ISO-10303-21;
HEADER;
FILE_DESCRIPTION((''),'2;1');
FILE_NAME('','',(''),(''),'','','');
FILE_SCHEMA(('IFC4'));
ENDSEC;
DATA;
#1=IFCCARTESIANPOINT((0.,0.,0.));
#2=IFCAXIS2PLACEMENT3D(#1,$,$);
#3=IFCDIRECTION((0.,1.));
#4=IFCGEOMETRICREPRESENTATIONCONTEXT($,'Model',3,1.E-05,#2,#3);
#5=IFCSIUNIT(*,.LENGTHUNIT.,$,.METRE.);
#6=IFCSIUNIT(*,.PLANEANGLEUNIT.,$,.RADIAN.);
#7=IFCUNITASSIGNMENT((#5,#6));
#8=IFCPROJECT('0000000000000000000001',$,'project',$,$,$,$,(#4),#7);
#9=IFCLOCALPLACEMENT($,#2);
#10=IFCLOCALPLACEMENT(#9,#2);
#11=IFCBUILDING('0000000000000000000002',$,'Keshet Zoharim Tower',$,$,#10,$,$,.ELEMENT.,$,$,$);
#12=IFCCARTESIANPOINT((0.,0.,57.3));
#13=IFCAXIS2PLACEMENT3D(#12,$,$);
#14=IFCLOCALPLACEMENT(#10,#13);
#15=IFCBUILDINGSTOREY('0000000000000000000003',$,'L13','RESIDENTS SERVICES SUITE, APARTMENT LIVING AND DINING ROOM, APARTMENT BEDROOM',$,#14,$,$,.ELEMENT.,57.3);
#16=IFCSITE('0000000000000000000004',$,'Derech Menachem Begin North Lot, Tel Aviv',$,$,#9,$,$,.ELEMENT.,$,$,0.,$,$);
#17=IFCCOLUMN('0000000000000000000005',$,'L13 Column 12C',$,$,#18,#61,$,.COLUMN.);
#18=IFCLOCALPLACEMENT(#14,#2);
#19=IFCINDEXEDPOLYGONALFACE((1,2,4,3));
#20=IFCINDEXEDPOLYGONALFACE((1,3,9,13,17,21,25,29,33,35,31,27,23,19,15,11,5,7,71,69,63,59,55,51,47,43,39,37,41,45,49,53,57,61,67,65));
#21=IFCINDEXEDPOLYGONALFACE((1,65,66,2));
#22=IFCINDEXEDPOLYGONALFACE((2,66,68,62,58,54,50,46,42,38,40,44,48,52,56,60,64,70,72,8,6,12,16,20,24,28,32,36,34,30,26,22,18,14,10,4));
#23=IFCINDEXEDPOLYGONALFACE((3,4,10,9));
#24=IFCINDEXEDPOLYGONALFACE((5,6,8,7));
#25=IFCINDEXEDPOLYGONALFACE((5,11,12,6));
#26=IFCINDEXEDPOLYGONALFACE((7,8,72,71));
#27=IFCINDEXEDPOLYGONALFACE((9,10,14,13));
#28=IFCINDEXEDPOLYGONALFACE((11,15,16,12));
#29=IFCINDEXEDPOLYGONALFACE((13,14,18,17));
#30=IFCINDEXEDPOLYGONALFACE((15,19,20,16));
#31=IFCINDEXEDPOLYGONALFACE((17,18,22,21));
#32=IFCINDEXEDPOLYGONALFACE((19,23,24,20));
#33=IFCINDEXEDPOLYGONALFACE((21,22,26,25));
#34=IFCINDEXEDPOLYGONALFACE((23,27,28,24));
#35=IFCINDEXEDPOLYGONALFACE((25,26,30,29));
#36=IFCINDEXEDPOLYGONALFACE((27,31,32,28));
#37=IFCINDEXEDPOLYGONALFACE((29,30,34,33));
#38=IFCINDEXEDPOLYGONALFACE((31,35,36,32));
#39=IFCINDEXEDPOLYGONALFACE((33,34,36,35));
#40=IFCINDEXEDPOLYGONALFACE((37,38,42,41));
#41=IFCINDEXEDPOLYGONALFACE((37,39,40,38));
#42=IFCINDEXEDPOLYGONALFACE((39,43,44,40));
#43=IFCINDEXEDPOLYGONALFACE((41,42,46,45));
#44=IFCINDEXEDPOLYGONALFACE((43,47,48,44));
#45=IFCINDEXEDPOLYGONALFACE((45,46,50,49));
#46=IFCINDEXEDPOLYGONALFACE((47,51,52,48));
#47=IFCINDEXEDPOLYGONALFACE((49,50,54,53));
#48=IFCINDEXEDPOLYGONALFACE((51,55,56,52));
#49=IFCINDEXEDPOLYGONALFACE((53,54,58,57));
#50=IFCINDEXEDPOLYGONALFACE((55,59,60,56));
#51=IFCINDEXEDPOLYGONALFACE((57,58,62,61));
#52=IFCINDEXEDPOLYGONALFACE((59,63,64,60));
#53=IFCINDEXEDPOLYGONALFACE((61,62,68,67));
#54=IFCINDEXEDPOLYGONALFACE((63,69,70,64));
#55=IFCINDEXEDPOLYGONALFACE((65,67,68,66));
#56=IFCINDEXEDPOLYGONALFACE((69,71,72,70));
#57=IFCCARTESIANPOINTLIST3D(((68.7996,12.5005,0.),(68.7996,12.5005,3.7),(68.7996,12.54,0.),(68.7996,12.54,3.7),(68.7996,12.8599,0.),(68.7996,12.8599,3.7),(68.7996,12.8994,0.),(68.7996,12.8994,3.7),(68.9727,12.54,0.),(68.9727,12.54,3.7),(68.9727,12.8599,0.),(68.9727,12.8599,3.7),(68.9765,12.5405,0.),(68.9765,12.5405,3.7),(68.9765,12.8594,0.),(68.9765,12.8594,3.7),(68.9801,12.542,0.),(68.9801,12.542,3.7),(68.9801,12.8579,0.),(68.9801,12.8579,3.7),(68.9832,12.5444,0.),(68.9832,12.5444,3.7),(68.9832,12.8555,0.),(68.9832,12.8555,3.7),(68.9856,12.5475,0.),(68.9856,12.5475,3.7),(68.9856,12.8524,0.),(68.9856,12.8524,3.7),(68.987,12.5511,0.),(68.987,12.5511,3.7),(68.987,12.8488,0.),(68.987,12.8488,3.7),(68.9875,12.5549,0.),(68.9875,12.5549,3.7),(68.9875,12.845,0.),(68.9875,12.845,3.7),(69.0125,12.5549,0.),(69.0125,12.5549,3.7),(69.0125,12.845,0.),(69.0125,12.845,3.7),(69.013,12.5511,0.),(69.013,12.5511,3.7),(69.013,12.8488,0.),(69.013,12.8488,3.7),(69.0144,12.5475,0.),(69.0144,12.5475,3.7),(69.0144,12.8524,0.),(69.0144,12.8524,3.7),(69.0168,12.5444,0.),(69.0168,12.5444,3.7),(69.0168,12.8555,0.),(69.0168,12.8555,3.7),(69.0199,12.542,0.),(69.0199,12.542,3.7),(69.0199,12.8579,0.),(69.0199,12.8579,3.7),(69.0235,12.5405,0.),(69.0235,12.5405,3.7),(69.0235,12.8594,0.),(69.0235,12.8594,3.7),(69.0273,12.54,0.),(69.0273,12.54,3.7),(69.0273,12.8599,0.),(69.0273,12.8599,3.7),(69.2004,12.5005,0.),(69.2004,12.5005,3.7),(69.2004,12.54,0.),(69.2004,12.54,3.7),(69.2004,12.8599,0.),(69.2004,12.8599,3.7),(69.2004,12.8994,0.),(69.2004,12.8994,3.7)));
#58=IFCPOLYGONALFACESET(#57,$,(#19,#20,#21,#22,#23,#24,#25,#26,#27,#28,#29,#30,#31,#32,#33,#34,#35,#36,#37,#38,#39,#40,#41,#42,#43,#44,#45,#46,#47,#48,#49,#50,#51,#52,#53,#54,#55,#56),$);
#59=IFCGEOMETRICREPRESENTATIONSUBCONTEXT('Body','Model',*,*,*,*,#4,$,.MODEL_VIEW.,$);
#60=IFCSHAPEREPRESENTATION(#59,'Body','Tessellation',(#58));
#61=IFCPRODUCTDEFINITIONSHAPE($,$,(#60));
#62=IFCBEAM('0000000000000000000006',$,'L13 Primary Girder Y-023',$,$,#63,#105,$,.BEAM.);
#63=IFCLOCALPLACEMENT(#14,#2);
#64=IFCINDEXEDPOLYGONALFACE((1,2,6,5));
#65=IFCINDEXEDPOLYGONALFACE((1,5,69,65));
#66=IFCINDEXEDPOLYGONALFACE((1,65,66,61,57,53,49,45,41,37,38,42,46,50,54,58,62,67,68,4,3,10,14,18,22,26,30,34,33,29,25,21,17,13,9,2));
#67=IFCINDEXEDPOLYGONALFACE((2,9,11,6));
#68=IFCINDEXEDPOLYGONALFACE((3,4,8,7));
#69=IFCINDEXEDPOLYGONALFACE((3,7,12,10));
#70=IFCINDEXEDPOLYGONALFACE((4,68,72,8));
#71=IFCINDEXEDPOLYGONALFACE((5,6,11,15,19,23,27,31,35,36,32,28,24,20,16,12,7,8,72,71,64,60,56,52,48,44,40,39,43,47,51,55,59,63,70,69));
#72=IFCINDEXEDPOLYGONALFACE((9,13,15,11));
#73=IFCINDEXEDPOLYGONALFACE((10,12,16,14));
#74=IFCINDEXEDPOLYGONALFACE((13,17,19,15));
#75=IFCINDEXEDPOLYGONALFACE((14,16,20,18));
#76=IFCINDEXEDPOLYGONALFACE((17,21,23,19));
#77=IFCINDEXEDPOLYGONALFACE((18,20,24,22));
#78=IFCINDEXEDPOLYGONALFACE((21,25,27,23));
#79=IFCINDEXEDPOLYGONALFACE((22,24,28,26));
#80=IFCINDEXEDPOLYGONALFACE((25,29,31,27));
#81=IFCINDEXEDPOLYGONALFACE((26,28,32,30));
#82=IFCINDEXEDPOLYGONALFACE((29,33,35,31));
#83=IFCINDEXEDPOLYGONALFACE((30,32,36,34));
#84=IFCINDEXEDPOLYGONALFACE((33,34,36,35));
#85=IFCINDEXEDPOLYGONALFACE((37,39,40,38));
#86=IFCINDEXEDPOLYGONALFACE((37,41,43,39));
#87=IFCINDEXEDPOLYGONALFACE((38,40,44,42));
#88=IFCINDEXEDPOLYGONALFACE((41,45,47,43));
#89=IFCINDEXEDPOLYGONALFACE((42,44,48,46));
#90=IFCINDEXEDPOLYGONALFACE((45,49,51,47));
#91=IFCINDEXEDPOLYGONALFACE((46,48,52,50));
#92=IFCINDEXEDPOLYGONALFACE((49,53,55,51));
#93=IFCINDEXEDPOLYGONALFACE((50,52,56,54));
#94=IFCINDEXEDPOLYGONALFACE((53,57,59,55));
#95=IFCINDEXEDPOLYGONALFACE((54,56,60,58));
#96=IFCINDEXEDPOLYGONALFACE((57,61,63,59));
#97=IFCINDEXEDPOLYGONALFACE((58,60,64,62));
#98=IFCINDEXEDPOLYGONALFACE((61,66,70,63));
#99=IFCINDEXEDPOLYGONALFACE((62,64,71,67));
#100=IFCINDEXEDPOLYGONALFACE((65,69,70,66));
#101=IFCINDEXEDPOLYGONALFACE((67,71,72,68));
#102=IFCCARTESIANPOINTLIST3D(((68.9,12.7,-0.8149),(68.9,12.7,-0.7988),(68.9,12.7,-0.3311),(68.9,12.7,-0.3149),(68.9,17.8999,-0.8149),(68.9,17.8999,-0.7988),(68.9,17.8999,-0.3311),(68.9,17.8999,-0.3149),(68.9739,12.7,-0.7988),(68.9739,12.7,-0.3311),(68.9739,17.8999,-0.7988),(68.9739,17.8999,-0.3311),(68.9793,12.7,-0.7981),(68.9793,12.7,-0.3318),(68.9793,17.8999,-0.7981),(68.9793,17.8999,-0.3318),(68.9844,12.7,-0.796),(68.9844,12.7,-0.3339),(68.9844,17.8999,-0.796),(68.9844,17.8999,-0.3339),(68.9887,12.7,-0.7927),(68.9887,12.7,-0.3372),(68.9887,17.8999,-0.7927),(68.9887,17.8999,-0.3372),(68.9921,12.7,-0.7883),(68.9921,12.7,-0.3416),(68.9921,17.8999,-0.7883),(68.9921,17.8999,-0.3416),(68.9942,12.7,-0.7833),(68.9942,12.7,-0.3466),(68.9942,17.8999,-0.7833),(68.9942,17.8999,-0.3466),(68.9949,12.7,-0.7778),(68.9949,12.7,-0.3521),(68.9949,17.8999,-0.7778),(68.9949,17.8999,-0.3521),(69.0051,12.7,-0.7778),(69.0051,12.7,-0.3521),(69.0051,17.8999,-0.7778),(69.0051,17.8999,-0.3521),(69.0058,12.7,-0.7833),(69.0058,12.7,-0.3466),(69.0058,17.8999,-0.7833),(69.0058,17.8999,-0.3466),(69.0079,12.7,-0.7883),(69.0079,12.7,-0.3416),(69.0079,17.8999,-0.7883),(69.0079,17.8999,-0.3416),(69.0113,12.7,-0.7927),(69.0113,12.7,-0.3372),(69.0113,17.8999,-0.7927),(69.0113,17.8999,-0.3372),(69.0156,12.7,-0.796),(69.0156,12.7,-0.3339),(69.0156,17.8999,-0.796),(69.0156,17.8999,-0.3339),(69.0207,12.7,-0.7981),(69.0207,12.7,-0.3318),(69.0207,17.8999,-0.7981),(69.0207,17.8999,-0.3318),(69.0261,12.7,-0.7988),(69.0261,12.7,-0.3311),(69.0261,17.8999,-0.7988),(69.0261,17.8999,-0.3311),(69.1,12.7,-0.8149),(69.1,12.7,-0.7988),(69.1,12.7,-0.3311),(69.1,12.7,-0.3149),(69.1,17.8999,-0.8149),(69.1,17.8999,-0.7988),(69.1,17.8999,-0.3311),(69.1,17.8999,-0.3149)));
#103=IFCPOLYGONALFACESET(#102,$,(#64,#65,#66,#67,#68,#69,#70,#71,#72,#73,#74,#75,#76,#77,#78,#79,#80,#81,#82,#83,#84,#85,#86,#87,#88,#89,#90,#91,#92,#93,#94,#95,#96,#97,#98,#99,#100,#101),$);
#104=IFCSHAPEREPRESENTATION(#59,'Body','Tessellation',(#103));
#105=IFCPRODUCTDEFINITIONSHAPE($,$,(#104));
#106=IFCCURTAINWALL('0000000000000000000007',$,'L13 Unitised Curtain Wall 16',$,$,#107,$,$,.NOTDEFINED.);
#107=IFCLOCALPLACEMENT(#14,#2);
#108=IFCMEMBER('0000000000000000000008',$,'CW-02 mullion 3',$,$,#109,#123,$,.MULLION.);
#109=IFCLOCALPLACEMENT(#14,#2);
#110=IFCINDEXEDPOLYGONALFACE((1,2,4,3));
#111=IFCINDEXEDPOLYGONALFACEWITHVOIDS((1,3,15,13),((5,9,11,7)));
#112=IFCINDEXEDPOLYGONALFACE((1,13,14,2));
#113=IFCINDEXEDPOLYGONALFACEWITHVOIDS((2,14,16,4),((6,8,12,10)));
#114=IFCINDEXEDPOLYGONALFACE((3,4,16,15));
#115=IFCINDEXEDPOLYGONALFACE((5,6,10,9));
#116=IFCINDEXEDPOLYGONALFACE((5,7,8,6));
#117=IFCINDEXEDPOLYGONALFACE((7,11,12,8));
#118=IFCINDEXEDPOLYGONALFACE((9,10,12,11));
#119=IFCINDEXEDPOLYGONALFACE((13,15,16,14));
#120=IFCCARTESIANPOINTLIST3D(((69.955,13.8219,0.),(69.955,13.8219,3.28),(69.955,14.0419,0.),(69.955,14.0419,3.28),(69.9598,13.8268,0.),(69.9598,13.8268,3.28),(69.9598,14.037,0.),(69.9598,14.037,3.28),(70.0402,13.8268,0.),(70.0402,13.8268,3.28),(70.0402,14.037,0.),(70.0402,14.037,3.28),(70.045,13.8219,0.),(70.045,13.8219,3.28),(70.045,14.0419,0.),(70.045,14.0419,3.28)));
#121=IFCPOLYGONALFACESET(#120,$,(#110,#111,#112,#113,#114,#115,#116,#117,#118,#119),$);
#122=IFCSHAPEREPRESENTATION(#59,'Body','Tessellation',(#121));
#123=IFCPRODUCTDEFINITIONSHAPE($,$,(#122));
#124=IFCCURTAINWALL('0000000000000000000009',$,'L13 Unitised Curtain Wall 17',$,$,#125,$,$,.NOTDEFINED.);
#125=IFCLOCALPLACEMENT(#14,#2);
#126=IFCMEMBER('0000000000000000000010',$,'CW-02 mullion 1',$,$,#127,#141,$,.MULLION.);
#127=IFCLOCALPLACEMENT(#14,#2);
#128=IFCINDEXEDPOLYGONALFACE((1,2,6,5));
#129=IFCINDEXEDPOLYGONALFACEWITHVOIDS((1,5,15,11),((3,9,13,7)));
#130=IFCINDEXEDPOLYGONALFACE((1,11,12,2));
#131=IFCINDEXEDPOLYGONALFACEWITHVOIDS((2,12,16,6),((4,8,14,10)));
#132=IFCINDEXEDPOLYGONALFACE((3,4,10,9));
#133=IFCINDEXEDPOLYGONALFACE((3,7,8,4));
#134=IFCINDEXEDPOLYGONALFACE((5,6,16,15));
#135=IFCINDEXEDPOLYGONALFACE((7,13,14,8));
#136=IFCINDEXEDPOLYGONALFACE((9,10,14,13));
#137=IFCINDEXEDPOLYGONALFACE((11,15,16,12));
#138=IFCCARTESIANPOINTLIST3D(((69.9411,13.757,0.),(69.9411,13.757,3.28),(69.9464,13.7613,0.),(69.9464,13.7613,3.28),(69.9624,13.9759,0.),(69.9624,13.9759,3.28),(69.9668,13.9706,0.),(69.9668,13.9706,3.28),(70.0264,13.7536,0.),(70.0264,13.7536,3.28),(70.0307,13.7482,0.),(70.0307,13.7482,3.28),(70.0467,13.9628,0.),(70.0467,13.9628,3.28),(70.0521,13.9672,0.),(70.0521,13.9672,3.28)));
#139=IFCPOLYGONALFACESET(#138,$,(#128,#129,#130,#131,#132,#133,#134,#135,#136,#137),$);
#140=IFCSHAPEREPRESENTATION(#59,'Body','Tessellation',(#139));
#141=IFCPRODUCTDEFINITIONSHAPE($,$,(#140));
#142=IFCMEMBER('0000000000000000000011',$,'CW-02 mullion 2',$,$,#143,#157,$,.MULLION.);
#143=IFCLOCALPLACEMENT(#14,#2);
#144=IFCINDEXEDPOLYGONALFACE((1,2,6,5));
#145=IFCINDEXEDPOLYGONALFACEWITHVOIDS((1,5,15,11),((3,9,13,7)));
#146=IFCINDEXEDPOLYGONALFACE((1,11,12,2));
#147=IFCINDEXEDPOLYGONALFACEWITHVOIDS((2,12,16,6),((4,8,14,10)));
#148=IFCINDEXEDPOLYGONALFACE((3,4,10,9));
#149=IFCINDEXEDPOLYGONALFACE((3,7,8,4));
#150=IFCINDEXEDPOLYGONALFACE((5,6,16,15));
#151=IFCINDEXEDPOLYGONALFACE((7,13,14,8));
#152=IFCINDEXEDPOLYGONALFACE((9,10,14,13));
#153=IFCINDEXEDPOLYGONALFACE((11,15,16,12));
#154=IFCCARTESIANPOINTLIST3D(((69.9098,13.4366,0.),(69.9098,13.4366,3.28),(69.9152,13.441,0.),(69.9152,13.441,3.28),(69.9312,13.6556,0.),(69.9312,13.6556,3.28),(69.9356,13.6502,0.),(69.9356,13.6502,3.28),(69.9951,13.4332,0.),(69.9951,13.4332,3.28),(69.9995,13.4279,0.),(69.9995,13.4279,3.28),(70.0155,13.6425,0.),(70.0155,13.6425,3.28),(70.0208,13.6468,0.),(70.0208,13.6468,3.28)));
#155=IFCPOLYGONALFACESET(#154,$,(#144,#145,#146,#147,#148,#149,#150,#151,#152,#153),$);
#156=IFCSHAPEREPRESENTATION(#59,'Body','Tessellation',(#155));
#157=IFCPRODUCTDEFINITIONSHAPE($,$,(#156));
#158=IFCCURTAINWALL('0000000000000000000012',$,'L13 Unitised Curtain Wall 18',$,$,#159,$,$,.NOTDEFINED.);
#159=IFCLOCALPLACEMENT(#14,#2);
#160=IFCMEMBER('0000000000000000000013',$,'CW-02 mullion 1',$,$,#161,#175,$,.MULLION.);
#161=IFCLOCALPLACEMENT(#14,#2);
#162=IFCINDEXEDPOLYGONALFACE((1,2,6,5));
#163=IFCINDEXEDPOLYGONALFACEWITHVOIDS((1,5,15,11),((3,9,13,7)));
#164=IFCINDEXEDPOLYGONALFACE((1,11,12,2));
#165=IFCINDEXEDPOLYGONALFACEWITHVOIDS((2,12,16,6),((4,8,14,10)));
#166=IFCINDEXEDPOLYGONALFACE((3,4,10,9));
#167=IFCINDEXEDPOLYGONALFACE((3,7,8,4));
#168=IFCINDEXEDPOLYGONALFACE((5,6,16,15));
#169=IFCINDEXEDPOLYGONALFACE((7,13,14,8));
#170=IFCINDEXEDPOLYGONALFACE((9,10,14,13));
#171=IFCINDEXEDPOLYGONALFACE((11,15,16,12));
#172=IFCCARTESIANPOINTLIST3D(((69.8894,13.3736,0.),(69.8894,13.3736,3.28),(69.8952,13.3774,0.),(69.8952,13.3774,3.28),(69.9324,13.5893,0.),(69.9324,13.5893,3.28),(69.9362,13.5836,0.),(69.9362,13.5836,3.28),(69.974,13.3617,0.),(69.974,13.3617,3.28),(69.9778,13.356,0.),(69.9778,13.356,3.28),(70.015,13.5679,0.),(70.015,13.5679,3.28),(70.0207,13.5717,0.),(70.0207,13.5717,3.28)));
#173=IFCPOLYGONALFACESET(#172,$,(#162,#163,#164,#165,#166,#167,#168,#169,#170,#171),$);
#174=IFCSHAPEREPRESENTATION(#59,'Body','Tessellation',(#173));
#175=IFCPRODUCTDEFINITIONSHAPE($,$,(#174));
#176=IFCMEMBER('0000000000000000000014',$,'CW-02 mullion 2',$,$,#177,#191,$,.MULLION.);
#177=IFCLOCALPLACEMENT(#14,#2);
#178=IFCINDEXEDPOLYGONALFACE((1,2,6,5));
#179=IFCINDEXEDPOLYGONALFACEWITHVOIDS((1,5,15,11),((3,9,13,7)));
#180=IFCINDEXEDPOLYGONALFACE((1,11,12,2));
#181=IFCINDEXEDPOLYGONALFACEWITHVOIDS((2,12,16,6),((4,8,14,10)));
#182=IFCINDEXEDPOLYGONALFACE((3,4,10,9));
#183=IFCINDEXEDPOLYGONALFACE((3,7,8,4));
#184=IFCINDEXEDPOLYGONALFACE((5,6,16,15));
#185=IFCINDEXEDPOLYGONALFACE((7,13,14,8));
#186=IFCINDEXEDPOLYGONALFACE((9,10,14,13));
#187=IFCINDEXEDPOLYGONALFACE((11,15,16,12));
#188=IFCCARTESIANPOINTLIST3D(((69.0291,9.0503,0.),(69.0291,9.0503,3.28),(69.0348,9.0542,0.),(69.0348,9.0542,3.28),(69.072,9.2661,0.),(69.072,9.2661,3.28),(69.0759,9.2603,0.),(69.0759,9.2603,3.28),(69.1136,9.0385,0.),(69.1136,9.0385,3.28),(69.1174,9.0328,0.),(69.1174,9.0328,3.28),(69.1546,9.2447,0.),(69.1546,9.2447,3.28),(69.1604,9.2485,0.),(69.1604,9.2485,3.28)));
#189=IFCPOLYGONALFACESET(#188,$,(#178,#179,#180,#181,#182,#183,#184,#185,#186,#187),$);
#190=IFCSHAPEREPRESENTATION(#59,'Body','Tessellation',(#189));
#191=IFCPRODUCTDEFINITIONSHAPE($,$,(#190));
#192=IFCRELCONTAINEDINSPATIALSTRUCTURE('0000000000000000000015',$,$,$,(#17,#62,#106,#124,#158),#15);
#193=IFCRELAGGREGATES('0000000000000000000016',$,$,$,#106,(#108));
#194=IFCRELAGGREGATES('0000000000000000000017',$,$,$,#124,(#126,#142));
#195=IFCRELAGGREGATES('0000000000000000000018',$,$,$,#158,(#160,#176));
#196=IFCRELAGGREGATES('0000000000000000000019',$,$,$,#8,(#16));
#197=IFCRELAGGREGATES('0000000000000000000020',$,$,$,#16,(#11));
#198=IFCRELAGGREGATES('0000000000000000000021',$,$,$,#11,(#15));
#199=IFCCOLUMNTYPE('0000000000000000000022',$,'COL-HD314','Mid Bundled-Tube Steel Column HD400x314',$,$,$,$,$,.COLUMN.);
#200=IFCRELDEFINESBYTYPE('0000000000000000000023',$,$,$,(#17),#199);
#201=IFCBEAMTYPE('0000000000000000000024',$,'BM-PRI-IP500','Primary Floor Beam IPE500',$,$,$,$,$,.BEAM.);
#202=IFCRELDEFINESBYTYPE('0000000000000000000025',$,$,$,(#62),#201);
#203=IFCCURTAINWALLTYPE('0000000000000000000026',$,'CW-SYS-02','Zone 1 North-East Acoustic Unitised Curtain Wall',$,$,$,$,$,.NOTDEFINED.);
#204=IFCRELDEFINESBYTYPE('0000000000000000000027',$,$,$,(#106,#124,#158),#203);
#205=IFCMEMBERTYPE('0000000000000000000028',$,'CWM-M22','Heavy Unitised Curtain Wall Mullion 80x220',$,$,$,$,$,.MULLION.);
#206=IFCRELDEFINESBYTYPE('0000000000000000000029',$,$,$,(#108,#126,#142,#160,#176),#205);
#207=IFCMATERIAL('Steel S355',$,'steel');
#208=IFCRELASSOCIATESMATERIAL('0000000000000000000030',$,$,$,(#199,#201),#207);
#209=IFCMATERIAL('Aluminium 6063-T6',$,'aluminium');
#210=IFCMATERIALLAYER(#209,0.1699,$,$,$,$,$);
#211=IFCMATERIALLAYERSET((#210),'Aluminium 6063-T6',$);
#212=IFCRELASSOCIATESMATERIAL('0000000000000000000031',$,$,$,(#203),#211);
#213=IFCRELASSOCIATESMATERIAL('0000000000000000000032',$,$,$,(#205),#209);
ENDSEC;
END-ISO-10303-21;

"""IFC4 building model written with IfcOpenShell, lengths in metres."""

from ifc_helpers import new_model, si_unit, direction, frame, origin, origin_2d, place, context, subcontext, project, spatial, hollow_rectangle, i_section, extrude, material, layer, layer_set, material_profile, profile_set, type_object, element, aggregate, save


model = new_model("IFC4")

# Units and contexts
model_context = context("Model", 3, precision=1e-05, world=origin(), true_north=direction((0.0, 1.0)))
body_context = subcontext(model_context, "Body", "Model", "MODEL_VIEW")
ifc_project = project(units=[si_unit("LENGTHUNIT", "METRE"), si_unit("PLANEANGLEUNIT", "RADIAN")], contexts=[model_context])

# Site, building, storey
site_placement = place(None, origin())
site = spatial("IfcSite", under=ifc_project, at=site_placement, Name="Derech Menachem Begin North Lot, Tel Aviv", CompositionType="ELEMENT", RefElevation=0.0)
building_placement = place(site_placement, origin())
building = spatial("IfcBuilding", under=site, at=building_placement, Name="Keshet Zoharim Tower", CompositionType="ELEMENT")
storey_placement = place(building_placement, frame((0.0, 0.0, 57.3)))
storey = spatial("IfcBuildingStorey", under=building, at=storey_placement, Name="L13", Description="RESIDENTS SERVICES SUITE, APARTMENT LIVING AND DINING ROOM, APARTMENT BEDROOM", CompositionType="ELEMENT", Elevation=57.3)

# Column
ifc_material_1 = material(Name="Steel S355", Category="steel")
ifc_material_profile_1 = material_profile(ifc_material_1, i_section(OverallWidth=0.4009, OverallDepth=0.3989, WebThickness=0.0249, FlangeThickness=0.0396, FilletRadius=0.0149, at=origin_2d()), Name="HD400x314")
ifc_profile_set_1 = profile_set([ifc_material_profile_1], Name="Steel S355")
column_type = type_object("IfcColumnType", Name="COL-HD314", Description="Mid Bundled-Tube Steel Column HD400x314", PredefinedType="COLUMN", material=ifc_profile_set_1)
column_placement = place(storey_placement, frame((69.0, 12.7, 0.0), z_axis=(0.0, 0.0, 1.0), x_axis=(1.0, 0.0, 0.0)))
element("IfcColumn", 1, at=column_placement, inside=storey, type_object=column_type, Name="L13 Column 12C", PredefinedType="COLUMN", context=body_context, shape_type="SweptSolid", body=[
    extrude(i_section(OverallWidth=0.4009, OverallDepth=0.3989, WebThickness=0.0249, FlangeThickness=0.0396, FilletRadius=0.0149, at=origin_2d()), origin(), (0.0, 0.0, 1.0), 3.7),
])

# Beam
ifc_material_profile_2 = material_profile(ifc_material_1, i_section(OverallWidth=0.2, OverallDepth=0.5, WebThickness=0.0103, FlangeThickness=0.0161, FilletRadius=0.021, at=origin_2d()), Name="IPE500")
ifc_profile_set_2 = profile_set([ifc_material_profile_2], Name="Steel S355")
beam_type = type_object("IfcBeamType", Name="BM-PRI-IP500", Description="Primary Floor Beam IPE500", PredefinedType="BEAM", material=ifc_profile_set_2)
beam_placement = place(storey_placement, frame((69.0, 12.7, -0.5649), z_axis=(0.0, 1.0, 0.0), x_axis=(-1.0, 0.0, 0.0)))
element("IfcBeam", 2, at=beam_placement, inside=storey, type_object=beam_type, Name="L13 Primary Girder Y-023", PredefinedType="BEAM", context=body_context, shape_type="SweptSolid", body=[
    extrude(i_section(OverallWidth=0.2, OverallDepth=0.5, WebThickness=0.0103, FlangeThickness=0.0161, FilletRadius=0.021, at=origin_2d()), origin(), (0.0, 0.0, 1.0), 5.2),
])

# Curtain wall, member
ifc_material_2 = material(Name="Aluminium 6063-T6", Category="aluminium")
ifc_layer_1 = layer(ifc_material_2, 0.1699)
ifc_layer_set_1 = layer_set([ifc_layer_1], Name="Aluminium 6063-T6")
curtain_wall_type_1 = type_object("IfcCurtainWallType", Name="CW-SYS-02", Description="Zone 1 North-East Acoustic Unitised Curtain Wall", PredefinedType="NOTDEFINED", material=ifc_layer_set_1)
curtain_wall_1_placement = place(storey_placement, origin())
curtain_wall_1 = element("IfcCurtainWall", 3, at=curtain_wall_1_placement, inside=storey, type_object=curtain_wall_type_1, Name="L13 Unitised Curtain Wall 16", PredefinedType="NOTDEFINED")
ifc_material_profile_3 = material_profile(ifc_material_2, hollow_rectangle(XDim=0.0901, YDim=0.22, WallThickness=0.0049, at=origin_2d()), Name="MUL-90x220")
ifc_profile_set_3 = profile_set([ifc_material_profile_3], Name="Aluminium 6063-T6")
member_type_1 = type_object("IfcMemberType", Name="CWM-M22", Description="Heavy Unitised Curtain Wall Mullion 80x220", PredefinedType="MULLION", material=ifc_profile_set_3)
member_1_placement = place(storey_placement, frame((70.0, 13.9319, 0.0), z_axis=(0.0, 0.0, 1.0), x_axis=(1.0, 0.0, 0.0)))
member_1 = element("IfcMember", 4, at=member_1_placement, type_object=member_type_1, Name="CW-02 mullion 3", PredefinedType="MULLION", context=body_context, shape_type="SweptSolid", body=[
    extrude(hollow_rectangle(XDim=0.0901, YDim=0.22, WallThickness=0.0049, at=origin_2d()), origin(), (0.0, 0.0, 1.0), 3.28),
])
aggregate(curtain_wall_1, [member_1])

# Curtain walls, members
curtain_wall_2_placement = place(storey_placement, origin())
curtain_wall_2 = element("IfcCurtainWall", 5, at=curtain_wall_2_placement, inside=storey, type_object=curtain_wall_type_1, Name="L13 Unitised Curtain Wall 17", PredefinedType="NOTDEFINED")
member_2_placement = place(storey_placement, frame((69.9966, 13.8621, 0.0), z_axis=(0.0, 0.0, 1.0), x_axis=(0.995287, -0.096977, 0.0)))
member_2 = element("IfcMember", 6, at=member_2_placement, type_object=member_type_1, Name="CW-02 mullion 1", PredefinedType="MULLION", context=body_context, shape_type="SweptSolid", body=[
    extrude(hollow_rectangle(XDim=0.0901, YDim=0.22, WallThickness=0.0049, at=origin_2d()), origin(), (0.0, 0.0, 1.0), 3.28),
])
member_3_placement = place(storey_placement, frame((69.9653, 13.5417, 0.0), z_axis=(0.0, 0.0, 1.0), x_axis=(0.995287, -0.096977, 0.0)))
member_3 = element("IfcMember", 7, at=member_3_placement, type_object=member_type_1, Name="CW-02 mullion 2", PredefinedType="MULLION", context=body_context, shape_type="SweptSolid", body=[
    extrude(hollow_rectangle(XDim=0.0901, YDim=0.22, WallThickness=0.0049, at=origin_2d()), origin(), (0.0, 0.0, 1.0), 3.28),
])
curtain_wall_3_placement = place(storey_placement, origin())
curtain_wall_3 = element("IfcCurtainWall", 8, at=curtain_wall_3_placement, inside=storey, type_object=curtain_wall_type_1, Name="L13 Unitised Curtain Wall 18", PredefinedType="NOTDEFINED")
member_4_placement = place(storey_placement, frame((69.9551, 13.4727, 0.0), z_axis=(0.0, 0.0, 1.0), x_axis=(0.980769, -0.195171, 0.0)))
member_4 = element("IfcMember", 9, at=member_4_placement, type_object=member_type_1, Name="CW-02 mullion 1", PredefinedType="MULLION", context=body_context, shape_type="SweptSolid", body=[
    extrude(hollow_rectangle(XDim=0.0901, YDim=0.22, WallThickness=0.0049, at=origin_2d()), origin(), (0.0, 0.0, 1.0), 3.28),
])
member_5_placement = place(storey_placement, frame((69.0947, 9.1494, 0.0), z_axis=(0.0, 0.0, 1.0), x_axis=(0.980769, -0.195171, 0.0)))
member_5 = element("IfcMember", 10, at=member_5_placement, type_object=member_type_1, Name="CW-02 mullion 2", PredefinedType="MULLION", context=body_context, shape_type="SweptSolid", body=[
    extrude(hollow_rectangle(XDim=0.0901, YDim=0.22, WallThickness=0.0049, at=origin_2d()), origin(), (0.0, 0.0, 1.0), 3.28),
])

aggregate(curtain_wall_2, [member_2, member_3])
aggregate(curtain_wall_3, [member_4, member_5])

save(model, "model.ifc")
